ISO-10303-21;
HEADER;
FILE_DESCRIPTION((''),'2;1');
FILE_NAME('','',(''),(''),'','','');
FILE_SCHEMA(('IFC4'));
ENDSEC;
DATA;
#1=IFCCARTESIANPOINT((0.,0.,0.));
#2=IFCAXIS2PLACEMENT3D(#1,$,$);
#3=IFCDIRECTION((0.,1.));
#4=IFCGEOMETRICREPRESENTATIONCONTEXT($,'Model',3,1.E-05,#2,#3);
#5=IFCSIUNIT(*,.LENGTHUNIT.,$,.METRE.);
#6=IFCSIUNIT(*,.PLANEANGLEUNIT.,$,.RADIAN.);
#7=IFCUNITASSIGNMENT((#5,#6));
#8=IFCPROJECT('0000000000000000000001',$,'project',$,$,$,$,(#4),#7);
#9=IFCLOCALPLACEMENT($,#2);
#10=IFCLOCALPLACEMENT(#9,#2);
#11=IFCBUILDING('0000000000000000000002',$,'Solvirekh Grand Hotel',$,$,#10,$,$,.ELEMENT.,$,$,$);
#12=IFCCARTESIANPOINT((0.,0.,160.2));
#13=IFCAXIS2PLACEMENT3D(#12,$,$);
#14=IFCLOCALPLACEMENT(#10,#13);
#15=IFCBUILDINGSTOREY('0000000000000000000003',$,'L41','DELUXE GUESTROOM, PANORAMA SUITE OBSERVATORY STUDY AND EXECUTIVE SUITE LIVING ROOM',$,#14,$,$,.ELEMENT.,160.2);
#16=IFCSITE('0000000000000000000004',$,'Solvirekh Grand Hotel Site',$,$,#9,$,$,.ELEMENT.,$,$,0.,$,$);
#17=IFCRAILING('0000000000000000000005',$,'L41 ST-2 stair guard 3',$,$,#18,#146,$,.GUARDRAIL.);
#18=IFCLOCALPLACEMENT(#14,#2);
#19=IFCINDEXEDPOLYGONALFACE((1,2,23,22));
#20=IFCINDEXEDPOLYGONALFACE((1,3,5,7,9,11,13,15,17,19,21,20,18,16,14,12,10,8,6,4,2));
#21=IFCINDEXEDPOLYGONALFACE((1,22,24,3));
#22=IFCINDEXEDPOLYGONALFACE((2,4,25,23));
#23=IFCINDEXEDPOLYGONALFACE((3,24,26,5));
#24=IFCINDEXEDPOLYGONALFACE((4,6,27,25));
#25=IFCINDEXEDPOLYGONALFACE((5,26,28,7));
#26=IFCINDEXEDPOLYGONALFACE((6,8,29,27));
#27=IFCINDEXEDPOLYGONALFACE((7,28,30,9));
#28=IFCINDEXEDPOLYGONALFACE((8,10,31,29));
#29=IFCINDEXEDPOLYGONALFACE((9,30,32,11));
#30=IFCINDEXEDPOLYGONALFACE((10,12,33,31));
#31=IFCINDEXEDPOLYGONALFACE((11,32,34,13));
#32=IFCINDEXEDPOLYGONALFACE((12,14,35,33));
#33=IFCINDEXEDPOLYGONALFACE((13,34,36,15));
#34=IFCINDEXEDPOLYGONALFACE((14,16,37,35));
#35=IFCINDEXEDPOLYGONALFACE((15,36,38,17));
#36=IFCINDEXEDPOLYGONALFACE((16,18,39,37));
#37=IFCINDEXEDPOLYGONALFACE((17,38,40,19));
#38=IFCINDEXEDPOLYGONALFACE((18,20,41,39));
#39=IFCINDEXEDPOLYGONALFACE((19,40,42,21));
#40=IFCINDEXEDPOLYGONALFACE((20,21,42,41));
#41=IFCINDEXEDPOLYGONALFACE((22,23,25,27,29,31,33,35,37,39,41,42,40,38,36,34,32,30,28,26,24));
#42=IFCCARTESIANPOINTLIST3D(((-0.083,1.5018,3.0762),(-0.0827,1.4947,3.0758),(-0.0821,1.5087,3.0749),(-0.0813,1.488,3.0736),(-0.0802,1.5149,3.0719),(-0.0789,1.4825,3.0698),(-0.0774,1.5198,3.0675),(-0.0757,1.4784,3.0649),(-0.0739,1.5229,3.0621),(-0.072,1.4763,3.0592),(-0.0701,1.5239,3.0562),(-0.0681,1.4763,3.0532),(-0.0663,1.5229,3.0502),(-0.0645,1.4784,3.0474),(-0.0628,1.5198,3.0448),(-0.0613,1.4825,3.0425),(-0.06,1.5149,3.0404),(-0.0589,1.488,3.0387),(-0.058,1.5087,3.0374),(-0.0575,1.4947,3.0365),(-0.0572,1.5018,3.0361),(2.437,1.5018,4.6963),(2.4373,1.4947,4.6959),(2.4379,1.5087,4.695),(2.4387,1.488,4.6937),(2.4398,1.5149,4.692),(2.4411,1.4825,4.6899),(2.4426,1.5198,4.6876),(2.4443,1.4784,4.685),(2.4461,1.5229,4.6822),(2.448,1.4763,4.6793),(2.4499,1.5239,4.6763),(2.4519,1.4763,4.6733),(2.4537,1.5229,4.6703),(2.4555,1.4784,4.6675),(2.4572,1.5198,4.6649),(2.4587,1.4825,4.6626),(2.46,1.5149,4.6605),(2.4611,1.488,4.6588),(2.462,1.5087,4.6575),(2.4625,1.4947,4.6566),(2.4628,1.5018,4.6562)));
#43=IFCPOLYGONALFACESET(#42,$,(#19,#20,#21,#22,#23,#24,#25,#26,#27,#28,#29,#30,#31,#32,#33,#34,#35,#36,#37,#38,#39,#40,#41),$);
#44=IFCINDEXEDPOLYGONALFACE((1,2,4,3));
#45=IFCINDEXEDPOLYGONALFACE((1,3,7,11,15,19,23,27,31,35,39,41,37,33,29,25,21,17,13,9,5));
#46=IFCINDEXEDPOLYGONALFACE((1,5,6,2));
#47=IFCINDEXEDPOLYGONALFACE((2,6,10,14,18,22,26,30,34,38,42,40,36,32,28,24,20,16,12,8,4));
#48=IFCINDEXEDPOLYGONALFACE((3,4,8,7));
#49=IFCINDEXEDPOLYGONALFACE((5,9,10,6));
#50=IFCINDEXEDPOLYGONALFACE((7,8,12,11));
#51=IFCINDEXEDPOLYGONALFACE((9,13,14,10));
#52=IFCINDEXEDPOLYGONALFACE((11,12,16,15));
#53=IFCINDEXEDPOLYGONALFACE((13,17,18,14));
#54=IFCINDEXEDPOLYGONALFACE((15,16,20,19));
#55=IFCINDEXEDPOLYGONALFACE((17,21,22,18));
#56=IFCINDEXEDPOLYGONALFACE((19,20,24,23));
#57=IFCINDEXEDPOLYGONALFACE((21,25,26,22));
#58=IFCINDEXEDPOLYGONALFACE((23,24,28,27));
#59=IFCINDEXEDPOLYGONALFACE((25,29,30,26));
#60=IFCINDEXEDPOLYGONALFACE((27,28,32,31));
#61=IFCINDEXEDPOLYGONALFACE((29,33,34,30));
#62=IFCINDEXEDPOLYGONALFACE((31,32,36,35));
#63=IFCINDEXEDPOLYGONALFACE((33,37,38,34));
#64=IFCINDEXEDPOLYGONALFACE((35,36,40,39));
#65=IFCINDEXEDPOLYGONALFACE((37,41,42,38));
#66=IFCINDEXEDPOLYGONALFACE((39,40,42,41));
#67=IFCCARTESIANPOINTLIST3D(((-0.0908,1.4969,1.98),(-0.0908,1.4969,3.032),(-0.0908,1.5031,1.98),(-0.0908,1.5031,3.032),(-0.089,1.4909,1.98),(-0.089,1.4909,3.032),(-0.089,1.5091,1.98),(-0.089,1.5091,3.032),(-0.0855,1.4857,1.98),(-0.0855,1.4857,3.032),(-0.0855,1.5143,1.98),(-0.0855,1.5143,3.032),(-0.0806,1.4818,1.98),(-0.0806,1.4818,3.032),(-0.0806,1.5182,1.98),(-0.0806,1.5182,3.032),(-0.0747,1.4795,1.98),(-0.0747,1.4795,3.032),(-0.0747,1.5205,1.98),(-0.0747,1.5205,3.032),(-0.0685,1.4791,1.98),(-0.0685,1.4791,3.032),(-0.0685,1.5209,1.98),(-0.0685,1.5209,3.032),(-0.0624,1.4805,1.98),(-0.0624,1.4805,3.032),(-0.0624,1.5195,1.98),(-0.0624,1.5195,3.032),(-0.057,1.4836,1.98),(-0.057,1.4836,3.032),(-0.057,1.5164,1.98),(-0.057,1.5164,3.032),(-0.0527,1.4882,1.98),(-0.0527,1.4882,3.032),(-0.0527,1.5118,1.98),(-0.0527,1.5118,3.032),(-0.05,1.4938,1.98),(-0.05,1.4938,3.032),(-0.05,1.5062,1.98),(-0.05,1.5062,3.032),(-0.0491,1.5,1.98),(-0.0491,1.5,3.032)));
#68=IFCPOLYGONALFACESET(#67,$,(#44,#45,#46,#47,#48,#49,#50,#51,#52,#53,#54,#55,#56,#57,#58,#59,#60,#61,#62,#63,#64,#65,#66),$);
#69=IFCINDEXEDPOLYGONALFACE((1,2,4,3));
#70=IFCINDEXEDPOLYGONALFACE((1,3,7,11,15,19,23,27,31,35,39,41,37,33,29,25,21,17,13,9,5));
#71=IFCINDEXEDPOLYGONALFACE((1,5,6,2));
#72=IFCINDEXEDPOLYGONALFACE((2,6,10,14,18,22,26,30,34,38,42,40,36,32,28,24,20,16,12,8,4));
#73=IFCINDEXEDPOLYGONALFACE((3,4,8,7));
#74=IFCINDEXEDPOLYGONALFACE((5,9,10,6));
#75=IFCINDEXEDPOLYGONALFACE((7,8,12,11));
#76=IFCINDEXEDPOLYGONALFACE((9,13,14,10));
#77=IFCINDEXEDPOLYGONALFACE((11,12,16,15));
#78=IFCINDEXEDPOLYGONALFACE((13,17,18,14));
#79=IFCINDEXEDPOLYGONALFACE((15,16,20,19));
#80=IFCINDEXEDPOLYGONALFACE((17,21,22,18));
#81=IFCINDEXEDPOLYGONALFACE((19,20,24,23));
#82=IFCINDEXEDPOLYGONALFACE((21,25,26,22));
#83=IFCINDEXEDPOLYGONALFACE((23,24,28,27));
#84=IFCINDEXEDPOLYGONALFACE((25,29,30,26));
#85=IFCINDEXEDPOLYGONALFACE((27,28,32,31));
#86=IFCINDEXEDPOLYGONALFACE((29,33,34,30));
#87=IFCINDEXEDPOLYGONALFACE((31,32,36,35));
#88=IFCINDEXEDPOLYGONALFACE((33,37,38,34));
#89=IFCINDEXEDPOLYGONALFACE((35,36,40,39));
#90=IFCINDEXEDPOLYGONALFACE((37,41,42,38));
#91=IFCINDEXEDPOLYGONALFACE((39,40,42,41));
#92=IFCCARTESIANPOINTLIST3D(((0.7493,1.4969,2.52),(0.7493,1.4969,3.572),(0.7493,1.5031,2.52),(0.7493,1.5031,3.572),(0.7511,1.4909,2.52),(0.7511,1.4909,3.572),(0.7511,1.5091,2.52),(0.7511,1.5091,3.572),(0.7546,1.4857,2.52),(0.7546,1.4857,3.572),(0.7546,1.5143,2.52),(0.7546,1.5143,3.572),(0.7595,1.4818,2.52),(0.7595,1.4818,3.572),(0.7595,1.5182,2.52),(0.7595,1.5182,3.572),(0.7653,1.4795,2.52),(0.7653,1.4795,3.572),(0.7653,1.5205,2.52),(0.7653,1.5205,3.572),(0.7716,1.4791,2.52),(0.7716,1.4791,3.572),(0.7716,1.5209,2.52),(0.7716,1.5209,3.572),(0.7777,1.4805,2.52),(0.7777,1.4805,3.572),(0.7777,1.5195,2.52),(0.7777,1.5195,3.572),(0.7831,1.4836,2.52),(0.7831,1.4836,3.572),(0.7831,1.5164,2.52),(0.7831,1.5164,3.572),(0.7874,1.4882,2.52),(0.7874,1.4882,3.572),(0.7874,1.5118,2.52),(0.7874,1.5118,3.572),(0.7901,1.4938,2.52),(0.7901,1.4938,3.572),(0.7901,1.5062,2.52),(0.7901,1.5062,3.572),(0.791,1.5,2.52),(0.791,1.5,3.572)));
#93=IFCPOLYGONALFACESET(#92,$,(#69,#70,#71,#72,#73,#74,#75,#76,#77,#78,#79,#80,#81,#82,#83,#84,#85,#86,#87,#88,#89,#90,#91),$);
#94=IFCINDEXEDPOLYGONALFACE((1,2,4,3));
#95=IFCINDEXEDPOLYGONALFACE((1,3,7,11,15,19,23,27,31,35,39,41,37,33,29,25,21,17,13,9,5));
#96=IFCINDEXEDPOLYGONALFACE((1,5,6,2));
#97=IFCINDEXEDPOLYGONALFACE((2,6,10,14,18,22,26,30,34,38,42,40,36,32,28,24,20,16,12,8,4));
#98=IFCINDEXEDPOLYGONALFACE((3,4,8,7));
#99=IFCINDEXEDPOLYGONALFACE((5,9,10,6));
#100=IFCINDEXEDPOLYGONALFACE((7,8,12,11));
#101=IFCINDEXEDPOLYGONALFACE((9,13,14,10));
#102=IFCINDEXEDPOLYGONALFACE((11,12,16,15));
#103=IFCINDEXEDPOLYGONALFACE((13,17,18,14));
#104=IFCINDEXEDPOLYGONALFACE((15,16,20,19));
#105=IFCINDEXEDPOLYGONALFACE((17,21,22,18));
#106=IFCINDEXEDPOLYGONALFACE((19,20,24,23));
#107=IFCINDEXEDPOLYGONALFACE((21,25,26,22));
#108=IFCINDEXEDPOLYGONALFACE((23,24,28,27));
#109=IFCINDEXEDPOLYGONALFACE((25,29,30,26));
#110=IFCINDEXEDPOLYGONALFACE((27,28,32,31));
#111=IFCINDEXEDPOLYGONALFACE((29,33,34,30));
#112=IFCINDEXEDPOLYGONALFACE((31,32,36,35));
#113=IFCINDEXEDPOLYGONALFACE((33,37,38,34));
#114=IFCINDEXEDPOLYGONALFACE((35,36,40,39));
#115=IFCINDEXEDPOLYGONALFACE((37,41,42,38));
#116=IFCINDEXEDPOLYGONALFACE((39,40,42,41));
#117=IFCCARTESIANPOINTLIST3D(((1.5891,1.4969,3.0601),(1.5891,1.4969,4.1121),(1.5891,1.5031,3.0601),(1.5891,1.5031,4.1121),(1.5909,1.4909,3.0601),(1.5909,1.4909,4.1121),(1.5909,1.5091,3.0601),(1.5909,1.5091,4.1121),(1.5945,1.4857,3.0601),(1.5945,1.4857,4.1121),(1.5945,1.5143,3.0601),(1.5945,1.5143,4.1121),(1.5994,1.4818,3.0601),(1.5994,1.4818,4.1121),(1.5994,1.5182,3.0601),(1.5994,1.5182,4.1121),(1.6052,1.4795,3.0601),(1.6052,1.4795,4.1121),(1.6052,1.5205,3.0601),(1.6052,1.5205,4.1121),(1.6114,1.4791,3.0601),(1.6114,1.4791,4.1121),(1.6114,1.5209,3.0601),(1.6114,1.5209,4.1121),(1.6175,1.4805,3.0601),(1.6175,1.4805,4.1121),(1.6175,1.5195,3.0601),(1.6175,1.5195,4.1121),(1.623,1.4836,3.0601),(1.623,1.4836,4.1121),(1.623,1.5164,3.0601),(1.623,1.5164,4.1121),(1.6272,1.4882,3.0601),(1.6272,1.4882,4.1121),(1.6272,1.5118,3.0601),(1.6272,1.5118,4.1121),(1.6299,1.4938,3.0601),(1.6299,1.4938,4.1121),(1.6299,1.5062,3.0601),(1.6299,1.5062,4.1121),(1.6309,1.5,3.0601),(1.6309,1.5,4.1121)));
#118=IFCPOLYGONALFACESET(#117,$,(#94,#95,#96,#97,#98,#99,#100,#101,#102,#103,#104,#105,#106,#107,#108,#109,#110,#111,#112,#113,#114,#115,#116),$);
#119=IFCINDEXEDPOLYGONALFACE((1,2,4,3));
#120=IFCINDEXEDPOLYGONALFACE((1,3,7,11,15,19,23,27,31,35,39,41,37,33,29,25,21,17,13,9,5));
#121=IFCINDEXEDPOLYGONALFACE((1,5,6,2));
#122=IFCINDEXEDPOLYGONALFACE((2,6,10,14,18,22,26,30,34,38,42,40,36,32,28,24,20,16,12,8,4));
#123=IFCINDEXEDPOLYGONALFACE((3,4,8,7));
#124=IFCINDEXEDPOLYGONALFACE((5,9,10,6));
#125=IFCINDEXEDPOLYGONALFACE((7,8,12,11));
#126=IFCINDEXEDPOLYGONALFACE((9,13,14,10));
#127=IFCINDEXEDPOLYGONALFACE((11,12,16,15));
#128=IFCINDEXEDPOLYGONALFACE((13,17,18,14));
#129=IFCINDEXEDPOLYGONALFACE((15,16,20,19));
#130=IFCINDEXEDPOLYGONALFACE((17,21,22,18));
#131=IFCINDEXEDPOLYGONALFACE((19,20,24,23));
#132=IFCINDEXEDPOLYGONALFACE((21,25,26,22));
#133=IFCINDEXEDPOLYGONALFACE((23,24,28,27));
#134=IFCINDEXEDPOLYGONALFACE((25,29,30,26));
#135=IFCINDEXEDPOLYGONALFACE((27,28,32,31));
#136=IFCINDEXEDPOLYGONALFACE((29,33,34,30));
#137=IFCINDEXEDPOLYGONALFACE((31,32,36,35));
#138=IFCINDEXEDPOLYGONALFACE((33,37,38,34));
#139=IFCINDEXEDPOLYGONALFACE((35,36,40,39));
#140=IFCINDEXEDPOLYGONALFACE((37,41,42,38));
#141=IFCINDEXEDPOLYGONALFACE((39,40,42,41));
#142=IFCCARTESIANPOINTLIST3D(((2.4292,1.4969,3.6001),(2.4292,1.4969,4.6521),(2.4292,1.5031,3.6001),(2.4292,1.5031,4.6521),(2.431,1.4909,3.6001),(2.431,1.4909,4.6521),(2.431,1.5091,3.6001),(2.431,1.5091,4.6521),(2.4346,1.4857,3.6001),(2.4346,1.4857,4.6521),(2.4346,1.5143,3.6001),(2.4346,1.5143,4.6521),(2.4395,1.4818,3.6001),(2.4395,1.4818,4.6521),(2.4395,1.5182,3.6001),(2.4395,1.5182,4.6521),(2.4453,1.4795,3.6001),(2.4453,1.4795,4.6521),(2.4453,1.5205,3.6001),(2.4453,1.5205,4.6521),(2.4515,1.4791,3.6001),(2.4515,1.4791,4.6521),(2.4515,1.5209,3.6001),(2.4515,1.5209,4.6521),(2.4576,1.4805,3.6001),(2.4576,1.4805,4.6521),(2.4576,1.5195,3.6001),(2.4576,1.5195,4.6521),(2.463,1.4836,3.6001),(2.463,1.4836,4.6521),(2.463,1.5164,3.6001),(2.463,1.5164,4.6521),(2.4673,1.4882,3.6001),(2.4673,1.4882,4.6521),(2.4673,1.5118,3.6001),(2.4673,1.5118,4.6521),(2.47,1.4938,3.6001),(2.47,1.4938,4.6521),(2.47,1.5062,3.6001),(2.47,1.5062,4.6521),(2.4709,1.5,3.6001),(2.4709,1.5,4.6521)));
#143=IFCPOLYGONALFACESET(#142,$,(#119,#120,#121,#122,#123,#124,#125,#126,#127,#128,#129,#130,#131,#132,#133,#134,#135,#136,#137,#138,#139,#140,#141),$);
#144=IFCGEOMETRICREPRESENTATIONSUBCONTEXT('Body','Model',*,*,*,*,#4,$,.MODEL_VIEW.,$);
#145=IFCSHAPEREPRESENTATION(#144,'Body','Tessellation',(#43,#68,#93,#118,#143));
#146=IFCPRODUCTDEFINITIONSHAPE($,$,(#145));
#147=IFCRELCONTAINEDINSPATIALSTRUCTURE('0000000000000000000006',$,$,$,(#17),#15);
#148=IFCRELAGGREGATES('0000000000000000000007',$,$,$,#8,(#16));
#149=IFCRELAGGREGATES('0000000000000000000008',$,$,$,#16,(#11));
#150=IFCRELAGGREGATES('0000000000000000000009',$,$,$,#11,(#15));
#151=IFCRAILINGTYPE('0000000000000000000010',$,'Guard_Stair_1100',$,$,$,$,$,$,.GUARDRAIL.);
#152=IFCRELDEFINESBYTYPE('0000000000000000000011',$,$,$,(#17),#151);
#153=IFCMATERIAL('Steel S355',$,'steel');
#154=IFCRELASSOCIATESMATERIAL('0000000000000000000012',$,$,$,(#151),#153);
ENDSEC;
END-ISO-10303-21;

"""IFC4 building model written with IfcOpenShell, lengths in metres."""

from ifc_helpers import new_model, si_unit, direction, frame, origin, origin_2d, place, context, subcontext, project, spatial, circle, extrude, material, type_object, element, save


model = new_model("IFC4")

# Units and contexts
model_context = context("Model", 3, precision=1e-05, world=origin(), true_north=direction((0.0, 1.0)))
body_context = subcontext(model_context, "Body", "Model", "MODEL_VIEW")
ifc_project = project(units=[si_unit("LENGTHUNIT", "METRE"), si_unit("PLANEANGLEUNIT", "RADIAN")], contexts=[model_context])

# Site, building, storey
site_placement = place(None, origin())
site = spatial("IfcSite", under=ifc_project, at=site_placement, Name="Solvirekh Grand Hotel Site", CompositionType="ELEMENT", RefElevation=0.0)
building_placement = place(site_placement, origin())
building = spatial("IfcBuilding", under=site, at=building_placement, Name="Solvirekh Grand Hotel", CompositionType="ELEMENT")
storey_placement = place(building_placement, frame((0.0, 0.0, 160.2)))
storey = spatial("IfcBuildingStorey", under=building, at=storey_placement, Name="L41", Description="DELUXE GUESTROOM, PANORAMA SUITE OBSERVATORY STUDY AND EXECUTIVE SUITE LIVING ROOM", CompositionType="ELEMENT", Elevation=160.2)

# Shared definitions
ifc_material_1 = material(Name="Steel S355", Category="steel")

# Railing
railing_type = type_object("IfcRailingType", Name="Guard_Stair_1100", PredefinedType="GUARDRAIL", material=ifc_material_1)
railing_1_placement = place(storey_placement, frame((-0.0701, 1.5, 1.98)))
element("IfcRailing", 1, at=railing_1_placement, inside=storey, type_object=railing_type, Name="L41 ST-2 stair guard 3", PredefinedType="GUARDRAIL", context=body_context, shape_type="SweptSolid", body=[
    extrude(circle(Radius=0.0239, at=origin_2d()), frame((0.0, 0.0, 1.0762), z_axis=(0.841163, 0.0, 0.540782), x_axis=(0.0, 1.0, 0.0)), (0.0, 0.0, 1.0), 2.9958),
    extrude(circle(Radius=0.021, at=origin_2d()), origin(), (0.0, 0.0, 1.0), 1.052),
    extrude(circle(Radius=0.021, at=origin_2d()), frame((0.8401, 0.0, 0.54)), (0.0, 0.0, 1.0), 1.052),
    extrude(circle(Radius=0.021, at=origin_2d()), frame((1.6799, 0.0, 1.0801)), (0.0, 0.0, 1.0), 1.052),
    extrude(circle(Radius=0.021, at=origin_2d()), frame((2.52, 0.0, 1.6201)), (0.0, 0.0, 1.0), 1.052),
])

save(model, "model.ifc")
